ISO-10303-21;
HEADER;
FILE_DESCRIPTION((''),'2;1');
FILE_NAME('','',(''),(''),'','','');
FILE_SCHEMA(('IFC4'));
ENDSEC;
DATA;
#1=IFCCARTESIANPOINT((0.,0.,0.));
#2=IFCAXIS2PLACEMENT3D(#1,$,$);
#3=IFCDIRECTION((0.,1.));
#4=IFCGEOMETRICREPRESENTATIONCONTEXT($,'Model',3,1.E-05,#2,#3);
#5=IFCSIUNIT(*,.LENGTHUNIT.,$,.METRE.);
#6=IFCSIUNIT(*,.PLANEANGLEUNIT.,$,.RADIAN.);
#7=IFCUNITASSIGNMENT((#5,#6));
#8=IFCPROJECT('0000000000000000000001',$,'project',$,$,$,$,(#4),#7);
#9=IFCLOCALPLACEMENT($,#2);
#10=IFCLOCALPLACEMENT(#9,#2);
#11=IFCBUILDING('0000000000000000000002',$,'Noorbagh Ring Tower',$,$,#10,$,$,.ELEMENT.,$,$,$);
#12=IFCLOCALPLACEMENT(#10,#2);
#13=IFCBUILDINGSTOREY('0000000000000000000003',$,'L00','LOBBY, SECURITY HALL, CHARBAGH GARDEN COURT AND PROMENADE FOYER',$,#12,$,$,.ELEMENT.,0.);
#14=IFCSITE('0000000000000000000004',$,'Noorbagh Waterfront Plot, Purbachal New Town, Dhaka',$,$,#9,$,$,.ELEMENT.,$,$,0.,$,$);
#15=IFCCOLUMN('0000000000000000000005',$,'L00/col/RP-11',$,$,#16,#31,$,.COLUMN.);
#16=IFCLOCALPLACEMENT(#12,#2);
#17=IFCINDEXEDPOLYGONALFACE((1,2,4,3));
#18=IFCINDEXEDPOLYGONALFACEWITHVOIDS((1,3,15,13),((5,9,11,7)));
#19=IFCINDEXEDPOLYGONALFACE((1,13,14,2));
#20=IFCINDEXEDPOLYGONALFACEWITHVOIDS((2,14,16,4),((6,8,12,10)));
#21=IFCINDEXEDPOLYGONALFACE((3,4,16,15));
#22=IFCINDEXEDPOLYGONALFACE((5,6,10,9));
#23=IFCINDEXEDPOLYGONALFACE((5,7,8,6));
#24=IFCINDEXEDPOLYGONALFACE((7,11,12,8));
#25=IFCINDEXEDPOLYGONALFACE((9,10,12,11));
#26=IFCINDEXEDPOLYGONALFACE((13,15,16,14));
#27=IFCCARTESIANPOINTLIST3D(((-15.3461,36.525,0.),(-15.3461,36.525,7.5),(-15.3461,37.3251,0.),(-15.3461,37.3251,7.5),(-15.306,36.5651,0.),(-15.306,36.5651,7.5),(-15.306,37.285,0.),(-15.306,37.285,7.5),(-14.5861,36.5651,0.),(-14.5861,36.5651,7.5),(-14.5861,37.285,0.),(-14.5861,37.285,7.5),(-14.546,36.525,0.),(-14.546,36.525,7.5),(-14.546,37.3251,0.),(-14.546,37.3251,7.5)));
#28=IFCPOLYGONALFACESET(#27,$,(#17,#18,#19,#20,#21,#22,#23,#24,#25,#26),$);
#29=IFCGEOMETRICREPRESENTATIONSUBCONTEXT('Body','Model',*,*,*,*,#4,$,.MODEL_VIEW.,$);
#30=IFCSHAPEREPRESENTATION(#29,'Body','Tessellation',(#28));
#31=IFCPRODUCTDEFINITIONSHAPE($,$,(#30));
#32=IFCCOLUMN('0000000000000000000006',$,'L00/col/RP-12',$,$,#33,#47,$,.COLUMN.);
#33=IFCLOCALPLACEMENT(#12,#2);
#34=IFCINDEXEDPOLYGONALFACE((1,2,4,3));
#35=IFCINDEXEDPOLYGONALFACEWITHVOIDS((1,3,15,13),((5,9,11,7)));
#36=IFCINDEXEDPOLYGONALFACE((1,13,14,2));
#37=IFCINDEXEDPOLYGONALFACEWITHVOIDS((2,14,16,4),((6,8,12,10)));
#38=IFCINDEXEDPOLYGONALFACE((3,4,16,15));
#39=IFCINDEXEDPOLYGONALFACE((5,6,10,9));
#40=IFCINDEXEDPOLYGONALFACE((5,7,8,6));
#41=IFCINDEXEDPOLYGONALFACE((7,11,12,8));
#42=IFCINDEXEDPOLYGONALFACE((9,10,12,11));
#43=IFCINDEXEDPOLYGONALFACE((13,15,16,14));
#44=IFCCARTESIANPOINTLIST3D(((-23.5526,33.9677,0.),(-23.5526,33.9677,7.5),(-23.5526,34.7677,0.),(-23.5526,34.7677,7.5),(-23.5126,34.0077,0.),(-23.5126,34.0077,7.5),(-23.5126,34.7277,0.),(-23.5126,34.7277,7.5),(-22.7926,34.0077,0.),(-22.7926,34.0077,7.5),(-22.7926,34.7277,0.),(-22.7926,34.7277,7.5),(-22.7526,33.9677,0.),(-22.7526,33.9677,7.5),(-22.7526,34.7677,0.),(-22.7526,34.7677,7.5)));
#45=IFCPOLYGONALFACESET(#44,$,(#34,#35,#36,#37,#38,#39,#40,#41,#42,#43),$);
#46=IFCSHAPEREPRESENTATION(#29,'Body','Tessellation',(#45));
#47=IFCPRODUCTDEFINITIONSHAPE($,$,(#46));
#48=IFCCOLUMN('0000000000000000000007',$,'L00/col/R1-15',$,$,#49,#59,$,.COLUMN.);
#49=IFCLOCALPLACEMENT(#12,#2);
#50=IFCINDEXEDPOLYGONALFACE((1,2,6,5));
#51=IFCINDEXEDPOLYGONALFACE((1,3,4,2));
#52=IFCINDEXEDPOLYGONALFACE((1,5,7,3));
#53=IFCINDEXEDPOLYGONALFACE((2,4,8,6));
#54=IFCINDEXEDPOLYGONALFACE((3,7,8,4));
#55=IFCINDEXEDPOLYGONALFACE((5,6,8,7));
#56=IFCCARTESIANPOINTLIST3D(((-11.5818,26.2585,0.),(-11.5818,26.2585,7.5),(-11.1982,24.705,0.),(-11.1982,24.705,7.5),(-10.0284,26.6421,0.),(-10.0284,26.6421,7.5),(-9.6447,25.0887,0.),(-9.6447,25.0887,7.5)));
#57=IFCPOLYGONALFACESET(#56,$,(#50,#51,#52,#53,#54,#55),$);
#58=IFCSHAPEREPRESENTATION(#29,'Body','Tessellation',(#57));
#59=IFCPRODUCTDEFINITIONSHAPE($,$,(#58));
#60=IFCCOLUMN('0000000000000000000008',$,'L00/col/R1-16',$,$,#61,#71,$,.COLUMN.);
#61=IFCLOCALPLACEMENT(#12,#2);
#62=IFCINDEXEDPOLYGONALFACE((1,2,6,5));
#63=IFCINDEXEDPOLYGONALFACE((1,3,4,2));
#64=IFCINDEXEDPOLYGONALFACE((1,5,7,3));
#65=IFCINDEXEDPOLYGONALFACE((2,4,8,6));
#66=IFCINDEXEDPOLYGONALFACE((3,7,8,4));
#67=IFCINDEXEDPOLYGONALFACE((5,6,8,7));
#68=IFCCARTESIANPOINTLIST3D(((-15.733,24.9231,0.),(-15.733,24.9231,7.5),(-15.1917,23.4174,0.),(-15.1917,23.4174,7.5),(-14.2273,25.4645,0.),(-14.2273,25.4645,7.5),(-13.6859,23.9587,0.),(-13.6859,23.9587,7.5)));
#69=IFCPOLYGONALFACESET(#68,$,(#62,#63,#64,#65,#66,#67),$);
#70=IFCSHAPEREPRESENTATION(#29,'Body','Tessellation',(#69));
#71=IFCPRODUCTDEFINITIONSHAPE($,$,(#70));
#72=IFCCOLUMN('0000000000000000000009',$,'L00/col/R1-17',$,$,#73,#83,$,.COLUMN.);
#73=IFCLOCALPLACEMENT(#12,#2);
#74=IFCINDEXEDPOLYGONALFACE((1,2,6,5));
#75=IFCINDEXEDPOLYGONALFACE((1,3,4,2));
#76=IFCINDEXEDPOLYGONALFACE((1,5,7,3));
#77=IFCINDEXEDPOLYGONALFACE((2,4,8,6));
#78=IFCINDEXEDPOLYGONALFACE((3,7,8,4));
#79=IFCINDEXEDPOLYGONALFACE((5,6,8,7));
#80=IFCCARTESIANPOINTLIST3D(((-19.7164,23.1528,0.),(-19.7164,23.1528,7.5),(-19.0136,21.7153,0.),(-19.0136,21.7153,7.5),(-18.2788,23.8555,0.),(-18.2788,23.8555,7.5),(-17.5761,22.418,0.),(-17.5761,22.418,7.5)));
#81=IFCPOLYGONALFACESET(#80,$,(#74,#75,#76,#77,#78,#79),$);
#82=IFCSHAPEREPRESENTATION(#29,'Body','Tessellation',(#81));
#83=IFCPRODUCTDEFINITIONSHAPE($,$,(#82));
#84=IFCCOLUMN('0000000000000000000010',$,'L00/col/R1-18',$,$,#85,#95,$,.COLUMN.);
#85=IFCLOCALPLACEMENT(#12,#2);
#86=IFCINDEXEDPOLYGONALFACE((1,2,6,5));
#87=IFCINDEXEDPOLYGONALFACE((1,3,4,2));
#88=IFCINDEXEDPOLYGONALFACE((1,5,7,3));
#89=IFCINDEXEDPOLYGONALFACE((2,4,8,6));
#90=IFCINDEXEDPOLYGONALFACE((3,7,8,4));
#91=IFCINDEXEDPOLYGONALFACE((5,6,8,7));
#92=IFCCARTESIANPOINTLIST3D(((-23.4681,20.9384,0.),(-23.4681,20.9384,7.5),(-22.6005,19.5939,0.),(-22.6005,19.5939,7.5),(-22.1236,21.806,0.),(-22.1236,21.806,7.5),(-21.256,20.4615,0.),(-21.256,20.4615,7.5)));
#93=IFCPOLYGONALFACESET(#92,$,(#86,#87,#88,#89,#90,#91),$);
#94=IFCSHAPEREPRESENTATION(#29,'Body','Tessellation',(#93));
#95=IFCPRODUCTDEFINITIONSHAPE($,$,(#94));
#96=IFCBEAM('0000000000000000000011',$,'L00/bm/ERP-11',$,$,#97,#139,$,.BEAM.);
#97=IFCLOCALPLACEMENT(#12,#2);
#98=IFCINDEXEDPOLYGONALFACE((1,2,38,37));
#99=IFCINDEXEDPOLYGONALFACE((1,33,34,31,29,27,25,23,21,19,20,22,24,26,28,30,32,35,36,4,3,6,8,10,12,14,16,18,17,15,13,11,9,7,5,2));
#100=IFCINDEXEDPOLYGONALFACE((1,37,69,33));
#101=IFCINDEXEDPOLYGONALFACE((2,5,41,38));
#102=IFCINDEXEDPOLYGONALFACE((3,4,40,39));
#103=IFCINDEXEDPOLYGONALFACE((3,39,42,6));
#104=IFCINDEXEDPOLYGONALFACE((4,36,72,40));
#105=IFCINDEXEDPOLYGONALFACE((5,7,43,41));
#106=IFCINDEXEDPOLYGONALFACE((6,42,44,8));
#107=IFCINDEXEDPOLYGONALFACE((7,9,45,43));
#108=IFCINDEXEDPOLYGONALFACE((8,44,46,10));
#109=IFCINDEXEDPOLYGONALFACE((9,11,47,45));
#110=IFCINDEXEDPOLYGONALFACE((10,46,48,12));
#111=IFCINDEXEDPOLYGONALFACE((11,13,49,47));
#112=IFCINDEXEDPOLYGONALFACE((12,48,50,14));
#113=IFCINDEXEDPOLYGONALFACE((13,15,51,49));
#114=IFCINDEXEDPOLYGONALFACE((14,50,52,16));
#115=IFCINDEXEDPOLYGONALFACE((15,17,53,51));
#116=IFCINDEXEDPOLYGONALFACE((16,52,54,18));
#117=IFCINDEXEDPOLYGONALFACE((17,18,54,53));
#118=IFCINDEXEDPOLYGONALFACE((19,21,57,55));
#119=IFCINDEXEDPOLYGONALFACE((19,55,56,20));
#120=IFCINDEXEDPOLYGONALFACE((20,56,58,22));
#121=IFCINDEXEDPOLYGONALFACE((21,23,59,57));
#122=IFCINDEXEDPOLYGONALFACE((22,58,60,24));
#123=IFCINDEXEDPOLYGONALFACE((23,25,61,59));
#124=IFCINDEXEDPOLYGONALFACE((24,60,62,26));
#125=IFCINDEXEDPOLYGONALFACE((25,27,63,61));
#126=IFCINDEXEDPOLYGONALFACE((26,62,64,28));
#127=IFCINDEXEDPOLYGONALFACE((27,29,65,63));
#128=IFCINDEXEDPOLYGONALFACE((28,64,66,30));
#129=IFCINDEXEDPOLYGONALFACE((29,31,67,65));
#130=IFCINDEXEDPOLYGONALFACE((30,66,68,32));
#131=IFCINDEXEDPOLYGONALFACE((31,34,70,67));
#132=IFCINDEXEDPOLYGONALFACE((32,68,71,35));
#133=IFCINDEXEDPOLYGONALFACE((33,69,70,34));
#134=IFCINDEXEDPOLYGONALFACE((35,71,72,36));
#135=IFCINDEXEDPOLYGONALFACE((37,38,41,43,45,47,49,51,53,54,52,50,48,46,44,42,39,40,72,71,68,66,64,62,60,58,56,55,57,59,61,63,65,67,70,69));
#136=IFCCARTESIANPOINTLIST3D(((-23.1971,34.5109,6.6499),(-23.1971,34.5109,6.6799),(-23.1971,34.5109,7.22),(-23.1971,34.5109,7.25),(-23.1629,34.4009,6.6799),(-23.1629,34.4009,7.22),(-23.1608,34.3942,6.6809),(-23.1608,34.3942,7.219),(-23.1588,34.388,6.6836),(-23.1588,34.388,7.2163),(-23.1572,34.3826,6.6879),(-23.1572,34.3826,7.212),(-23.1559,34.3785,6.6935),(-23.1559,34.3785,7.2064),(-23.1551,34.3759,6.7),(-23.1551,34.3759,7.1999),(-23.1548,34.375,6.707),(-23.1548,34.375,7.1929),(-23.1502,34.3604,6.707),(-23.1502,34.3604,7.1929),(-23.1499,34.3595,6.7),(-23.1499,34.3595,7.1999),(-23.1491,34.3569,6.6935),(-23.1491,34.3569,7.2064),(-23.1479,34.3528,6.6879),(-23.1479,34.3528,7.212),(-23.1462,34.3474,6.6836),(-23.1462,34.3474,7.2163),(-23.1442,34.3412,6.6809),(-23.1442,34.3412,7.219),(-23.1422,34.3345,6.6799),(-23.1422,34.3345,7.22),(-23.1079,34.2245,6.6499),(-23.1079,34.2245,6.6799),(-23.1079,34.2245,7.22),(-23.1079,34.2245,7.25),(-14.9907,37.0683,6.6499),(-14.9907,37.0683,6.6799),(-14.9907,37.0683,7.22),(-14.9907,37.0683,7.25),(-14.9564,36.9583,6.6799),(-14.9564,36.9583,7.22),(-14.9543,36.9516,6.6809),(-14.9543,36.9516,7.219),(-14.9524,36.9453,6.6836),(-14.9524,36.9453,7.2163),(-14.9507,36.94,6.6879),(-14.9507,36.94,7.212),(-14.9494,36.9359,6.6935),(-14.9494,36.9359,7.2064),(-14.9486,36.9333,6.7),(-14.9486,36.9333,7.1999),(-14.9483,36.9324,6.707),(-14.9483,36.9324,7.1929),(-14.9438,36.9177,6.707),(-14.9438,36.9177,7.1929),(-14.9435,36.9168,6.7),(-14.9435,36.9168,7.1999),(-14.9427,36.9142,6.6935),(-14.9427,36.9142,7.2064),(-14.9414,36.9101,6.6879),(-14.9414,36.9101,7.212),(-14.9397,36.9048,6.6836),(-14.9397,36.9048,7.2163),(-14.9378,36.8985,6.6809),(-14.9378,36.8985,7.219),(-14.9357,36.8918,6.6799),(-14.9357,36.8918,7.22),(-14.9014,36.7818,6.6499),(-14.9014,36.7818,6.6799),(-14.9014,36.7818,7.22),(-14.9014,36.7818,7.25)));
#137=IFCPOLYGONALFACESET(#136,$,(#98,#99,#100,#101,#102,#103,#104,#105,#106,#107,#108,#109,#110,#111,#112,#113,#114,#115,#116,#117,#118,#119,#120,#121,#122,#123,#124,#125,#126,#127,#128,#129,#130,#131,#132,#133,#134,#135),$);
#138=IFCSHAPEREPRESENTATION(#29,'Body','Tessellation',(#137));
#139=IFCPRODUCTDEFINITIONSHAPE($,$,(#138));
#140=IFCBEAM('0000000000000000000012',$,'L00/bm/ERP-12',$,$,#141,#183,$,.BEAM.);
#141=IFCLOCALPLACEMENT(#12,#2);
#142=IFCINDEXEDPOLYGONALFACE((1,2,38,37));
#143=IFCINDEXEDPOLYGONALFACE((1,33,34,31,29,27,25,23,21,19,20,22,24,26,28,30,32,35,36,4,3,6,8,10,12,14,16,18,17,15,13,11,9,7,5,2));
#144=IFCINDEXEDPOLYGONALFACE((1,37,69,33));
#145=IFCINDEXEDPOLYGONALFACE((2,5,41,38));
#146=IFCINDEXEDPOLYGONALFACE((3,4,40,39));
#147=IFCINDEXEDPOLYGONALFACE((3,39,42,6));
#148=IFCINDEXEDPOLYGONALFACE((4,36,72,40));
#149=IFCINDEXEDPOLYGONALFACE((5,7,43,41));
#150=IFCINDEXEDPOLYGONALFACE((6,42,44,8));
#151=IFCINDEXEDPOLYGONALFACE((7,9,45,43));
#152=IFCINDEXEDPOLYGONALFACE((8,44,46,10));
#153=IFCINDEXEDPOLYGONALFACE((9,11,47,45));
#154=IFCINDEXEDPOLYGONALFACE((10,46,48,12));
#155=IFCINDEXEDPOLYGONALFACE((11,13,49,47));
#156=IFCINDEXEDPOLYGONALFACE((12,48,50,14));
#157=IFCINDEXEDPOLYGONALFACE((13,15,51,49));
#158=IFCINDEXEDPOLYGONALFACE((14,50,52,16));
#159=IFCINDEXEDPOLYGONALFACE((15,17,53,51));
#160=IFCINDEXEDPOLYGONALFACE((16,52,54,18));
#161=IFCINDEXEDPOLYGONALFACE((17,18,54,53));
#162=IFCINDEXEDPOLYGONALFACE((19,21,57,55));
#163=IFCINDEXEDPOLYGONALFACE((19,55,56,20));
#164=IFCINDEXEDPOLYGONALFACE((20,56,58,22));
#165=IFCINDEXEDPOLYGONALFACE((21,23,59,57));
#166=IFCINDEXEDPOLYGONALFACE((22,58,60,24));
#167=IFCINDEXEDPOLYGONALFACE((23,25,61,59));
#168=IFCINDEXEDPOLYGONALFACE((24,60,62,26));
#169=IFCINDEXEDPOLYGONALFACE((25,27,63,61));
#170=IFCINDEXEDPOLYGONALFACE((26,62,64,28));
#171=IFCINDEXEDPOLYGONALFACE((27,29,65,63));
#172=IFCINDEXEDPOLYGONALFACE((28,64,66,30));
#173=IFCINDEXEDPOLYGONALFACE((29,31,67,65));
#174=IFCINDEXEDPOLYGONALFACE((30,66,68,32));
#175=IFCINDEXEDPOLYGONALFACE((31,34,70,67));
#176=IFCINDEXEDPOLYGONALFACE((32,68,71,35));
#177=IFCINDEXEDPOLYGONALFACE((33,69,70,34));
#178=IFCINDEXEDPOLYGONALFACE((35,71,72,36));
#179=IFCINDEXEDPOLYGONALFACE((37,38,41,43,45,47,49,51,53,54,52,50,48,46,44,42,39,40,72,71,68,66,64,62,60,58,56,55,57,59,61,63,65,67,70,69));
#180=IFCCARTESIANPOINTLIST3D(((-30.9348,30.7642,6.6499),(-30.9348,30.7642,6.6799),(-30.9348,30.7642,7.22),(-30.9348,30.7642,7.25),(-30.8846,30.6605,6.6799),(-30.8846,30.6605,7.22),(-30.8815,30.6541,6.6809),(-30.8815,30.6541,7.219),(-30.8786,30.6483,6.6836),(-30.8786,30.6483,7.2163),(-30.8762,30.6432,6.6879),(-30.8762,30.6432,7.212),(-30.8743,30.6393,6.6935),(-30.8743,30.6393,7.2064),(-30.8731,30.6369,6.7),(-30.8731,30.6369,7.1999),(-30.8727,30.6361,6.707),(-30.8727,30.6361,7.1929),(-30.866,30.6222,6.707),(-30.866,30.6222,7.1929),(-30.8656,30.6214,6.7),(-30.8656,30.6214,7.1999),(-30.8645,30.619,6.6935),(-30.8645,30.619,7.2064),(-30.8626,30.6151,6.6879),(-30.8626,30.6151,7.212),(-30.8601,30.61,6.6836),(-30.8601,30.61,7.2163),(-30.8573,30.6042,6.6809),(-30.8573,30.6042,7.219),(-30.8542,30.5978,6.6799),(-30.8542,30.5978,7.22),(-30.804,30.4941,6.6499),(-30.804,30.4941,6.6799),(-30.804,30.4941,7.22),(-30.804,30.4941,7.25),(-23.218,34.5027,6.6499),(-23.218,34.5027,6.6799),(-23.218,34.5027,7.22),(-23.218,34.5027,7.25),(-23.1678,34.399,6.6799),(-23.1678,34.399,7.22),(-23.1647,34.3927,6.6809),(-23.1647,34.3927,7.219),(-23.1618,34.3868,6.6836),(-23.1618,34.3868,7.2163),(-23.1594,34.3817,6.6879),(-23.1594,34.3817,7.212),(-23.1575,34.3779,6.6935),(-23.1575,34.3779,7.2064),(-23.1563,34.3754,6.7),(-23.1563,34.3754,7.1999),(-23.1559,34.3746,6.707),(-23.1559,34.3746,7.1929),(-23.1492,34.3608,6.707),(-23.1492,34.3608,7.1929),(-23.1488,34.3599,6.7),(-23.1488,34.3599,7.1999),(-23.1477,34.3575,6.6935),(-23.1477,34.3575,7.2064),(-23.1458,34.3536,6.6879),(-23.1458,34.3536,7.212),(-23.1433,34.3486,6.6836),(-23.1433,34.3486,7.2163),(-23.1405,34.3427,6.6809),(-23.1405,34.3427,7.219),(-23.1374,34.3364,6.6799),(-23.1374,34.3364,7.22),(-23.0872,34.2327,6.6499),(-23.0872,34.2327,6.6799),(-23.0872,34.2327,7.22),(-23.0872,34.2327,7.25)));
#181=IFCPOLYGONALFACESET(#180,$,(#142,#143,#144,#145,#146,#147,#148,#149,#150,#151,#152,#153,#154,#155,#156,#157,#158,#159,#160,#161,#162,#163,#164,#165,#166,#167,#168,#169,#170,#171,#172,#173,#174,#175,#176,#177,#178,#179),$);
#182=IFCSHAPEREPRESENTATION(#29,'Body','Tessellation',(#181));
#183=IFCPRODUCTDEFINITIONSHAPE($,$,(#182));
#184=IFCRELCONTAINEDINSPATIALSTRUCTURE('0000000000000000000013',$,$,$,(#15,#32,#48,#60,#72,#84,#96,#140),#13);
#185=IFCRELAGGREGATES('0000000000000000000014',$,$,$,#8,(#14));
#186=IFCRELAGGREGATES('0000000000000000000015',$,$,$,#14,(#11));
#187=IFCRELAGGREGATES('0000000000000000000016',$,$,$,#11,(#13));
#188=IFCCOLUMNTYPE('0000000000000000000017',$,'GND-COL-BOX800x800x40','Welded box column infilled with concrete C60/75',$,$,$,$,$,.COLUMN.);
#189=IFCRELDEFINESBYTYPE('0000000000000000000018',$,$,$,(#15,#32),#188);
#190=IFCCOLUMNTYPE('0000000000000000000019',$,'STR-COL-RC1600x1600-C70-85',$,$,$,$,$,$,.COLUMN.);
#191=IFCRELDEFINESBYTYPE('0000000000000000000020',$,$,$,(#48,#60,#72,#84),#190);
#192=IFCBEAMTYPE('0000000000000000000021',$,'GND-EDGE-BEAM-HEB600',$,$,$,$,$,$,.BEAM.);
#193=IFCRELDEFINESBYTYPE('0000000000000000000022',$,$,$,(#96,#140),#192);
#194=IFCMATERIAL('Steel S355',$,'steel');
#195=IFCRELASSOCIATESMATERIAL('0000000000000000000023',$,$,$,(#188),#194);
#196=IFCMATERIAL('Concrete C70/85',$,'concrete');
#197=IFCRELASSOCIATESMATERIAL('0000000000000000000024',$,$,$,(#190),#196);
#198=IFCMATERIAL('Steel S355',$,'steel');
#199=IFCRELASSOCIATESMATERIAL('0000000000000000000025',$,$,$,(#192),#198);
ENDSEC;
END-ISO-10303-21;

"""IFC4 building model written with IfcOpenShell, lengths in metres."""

from ifc_helpers import new_model, si_unit, direction, frame, origin, origin_2d, place, context, subcontext, project, spatial, rectangle, hollow_rectangle, i_section, extrude, material, material_profile, profile_set, type_object, element, save


model = new_model("IFC4")

# Units and contexts
model_context = context("Model", 3, precision=1e-05, world=origin(), true_north=direction((0.0, 1.0)))
body_context = subcontext(model_context, "Body", "Model", "MODEL_VIEW")
ifc_project = project(units=[si_unit("LENGTHUNIT", "METRE"), si_unit("PLANEANGLEUNIT", "RADIAN")], contexts=[model_context])

# Site, building, storey
site_placement = place(None, origin())
site = spatial("IfcSite", under=ifc_project, at=site_placement, Name="Noorbagh Waterfront Plot, Purbachal New Town, Dhaka", CompositionType="ELEMENT", RefElevation=0.0)
building_placement = place(site_placement, origin())
building = spatial("IfcBuilding", under=site, at=building_placement, Name="Noorbagh Ring Tower", CompositionType="ELEMENT")
storey_placement = place(building_placement, origin())
storey = spatial("IfcBuildingStorey", under=building, at=storey_placement, Name="L00", Description="LOBBY, SECURITY HALL, CHARBAGH GARDEN COURT AND PROMENADE FOYER", CompositionType="ELEMENT", Elevation=0.0)

# Columns
ifc_material_1 = material(Name="Steel S355", Category="steel")
ifc_material_profile_1 = material_profile(ifc_material_1, hollow_rectangle(XDim=0.8, YDim=0.8, WallThickness=0.04, at=origin_2d()), Name="BOX800x800x40")
ifc_profile_set_1 = profile_set([ifc_material_profile_1], Name="Steel S355")
column_type_1 = type_object("IfcColumnType", Name="GND-COL-BOX800x800x40", Description="Welded box column infilled with concrete C60/75", PredefinedType="COLUMN", material=ifc_profile_set_1)
for number, where, z_axis, x_axis, name in (
    (1, (-14.946, 36.925, 0.0), (0.0, 0.0, 1.0), (1.0, 0.0, 0.0), "L00/col/RP-11"),
    (2, (-23.1526, 34.3677, 0.0), (0.0, 0.0, 1.0), (1.0, 0.0, 0.0), "L00/col/RP-12"),
):
    element("IfcColumn", number, at=place(storey_placement, frame(where, z_axis=z_axis, x_axis=x_axis)), inside=storey, type_object=column_type_1, Name=name, PredefinedType="COLUMN", context=body_context, shape_type="SweptSolid", body=[
        extrude(hollow_rectangle(XDim=0.8, YDim=0.8, WallThickness=0.04, at=origin_2d()), origin(), (0.0, 0.0, 1.0), 7.5),
    ])
ifc_material_2 = material(Name="Concrete C70/85", Category="concrete")
ifc_material_profile_2 = material_profile(ifc_material_2, rectangle(XDim=1.6001, YDim=1.6001, at=origin_2d()), Name="RC1600x1600")
ifc_profile_set_2 = profile_set([ifc_material_profile_2], Name="Concrete C70/85")
column_type_2 = type_object("IfcColumnType", Name="STR-COL-RC1600x1600-C70-85", PredefinedType="COLUMN", material=ifc_profile_set_2)
for number, where, z_axis, x_axis, name in (
    (3, (-10.6133, 25.6736, 0.0), (0.0, 0.0, 1.0), (-0.970829, -0.239771, 0.0), "L00/col/R1-15"),
    (4, (-14.7095, 24.4409, 0.0), (0.0, 0.0, 1.0), (-0.941025, -0.338338, 0.0), "L00/col/R1-16"),
    (5, (-18.6462, 22.7854, 0.0), (0.0, 0.0, 1.0), (-0.898399, -0.43918, 0.0), "L00/col/R1-17"),
    (6, (-22.3621, 20.7, 0.0), (0.0, 0.0, 1.0), (-0.840248, -0.542203, 0.0), "L00/col/R1-18"),
):
    element("IfcColumn", number, at=place(storey_placement, frame(where, z_axis=z_axis, x_axis=x_axis)), inside=storey, type_object=column_type_2, Name=name, PredefinedType="COLUMN", context=body_context, shape_type="SweptSolid", body=[
        extrude(rectangle(XDim=1.6001, YDim=1.6001, at=origin_2d()), origin(), (0.0, 0.0, 1.0), 7.5),
    ])

# Beams
ifc_material_3 = material(Name="Steel S355", Category="steel")
ifc_material_profile_3 = material_profile(ifc_material_3, i_section(OverallWidth=0.3, OverallDepth=0.6001, WebThickness=0.0154, FlangeThickness=0.03, FilletRadius=0.0271, at=origin_2d()), Name="HEB600")
ifc_profile_set_3 = profile_set([ifc_material_profile_3], Name="Steel S355")
beam_type_1 = type_object("IfcBeamType", Name="GND-EDGE-BEAM-HEB600", PredefinedType="BEAM", material=ifc_profile_set_3)
beam_1_placement = place(storey_placement, frame((-14.946, 36.925, 6.95), z_axis=(-0.954717, -0.297515, 0.0), x_axis=(0.297515, -0.954717, 0.0)))
element("IfcBeam", 7, at=beam_1_placement, inside=storey, type_object=beam_type_1, Name="L00/bm/ERP-11", PredefinedType="BEAM", context=body_context, shape_type="SweptSolid", body=[
    extrude(i_section(OverallWidth=0.3, OverallDepth=0.6001, WebThickness=0.0154, FlangeThickness=0.03, FilletRadius=0.0271, at=origin_2d()), origin(), (0.0, 0.0, 1.0), 8.5957),
])
beam_2_placement = place(storey_placement, frame((-23.1526, 34.3677, 6.95), z_axis=(-0.899949, -0.435995, 0.0), x_axis=(0.435995, -0.899949, 0.0)))
element("IfcBeam", 8, at=beam_2_placement, inside=storey, type_object=beam_type_1, Name="L00/bm/ERP-12", PredefinedType="BEAM", context=body_context, shape_type="SweptSolid", body=[
    extrude(i_section(OverallWidth=0.3, OverallDepth=0.6001, WebThickness=0.0154, FlangeThickness=0.03, FilletRadius=0.0271, at=origin_2d()), origin(), (0.0, 0.0, 1.0), 8.5747),
])

save(model, "model.ifc")
